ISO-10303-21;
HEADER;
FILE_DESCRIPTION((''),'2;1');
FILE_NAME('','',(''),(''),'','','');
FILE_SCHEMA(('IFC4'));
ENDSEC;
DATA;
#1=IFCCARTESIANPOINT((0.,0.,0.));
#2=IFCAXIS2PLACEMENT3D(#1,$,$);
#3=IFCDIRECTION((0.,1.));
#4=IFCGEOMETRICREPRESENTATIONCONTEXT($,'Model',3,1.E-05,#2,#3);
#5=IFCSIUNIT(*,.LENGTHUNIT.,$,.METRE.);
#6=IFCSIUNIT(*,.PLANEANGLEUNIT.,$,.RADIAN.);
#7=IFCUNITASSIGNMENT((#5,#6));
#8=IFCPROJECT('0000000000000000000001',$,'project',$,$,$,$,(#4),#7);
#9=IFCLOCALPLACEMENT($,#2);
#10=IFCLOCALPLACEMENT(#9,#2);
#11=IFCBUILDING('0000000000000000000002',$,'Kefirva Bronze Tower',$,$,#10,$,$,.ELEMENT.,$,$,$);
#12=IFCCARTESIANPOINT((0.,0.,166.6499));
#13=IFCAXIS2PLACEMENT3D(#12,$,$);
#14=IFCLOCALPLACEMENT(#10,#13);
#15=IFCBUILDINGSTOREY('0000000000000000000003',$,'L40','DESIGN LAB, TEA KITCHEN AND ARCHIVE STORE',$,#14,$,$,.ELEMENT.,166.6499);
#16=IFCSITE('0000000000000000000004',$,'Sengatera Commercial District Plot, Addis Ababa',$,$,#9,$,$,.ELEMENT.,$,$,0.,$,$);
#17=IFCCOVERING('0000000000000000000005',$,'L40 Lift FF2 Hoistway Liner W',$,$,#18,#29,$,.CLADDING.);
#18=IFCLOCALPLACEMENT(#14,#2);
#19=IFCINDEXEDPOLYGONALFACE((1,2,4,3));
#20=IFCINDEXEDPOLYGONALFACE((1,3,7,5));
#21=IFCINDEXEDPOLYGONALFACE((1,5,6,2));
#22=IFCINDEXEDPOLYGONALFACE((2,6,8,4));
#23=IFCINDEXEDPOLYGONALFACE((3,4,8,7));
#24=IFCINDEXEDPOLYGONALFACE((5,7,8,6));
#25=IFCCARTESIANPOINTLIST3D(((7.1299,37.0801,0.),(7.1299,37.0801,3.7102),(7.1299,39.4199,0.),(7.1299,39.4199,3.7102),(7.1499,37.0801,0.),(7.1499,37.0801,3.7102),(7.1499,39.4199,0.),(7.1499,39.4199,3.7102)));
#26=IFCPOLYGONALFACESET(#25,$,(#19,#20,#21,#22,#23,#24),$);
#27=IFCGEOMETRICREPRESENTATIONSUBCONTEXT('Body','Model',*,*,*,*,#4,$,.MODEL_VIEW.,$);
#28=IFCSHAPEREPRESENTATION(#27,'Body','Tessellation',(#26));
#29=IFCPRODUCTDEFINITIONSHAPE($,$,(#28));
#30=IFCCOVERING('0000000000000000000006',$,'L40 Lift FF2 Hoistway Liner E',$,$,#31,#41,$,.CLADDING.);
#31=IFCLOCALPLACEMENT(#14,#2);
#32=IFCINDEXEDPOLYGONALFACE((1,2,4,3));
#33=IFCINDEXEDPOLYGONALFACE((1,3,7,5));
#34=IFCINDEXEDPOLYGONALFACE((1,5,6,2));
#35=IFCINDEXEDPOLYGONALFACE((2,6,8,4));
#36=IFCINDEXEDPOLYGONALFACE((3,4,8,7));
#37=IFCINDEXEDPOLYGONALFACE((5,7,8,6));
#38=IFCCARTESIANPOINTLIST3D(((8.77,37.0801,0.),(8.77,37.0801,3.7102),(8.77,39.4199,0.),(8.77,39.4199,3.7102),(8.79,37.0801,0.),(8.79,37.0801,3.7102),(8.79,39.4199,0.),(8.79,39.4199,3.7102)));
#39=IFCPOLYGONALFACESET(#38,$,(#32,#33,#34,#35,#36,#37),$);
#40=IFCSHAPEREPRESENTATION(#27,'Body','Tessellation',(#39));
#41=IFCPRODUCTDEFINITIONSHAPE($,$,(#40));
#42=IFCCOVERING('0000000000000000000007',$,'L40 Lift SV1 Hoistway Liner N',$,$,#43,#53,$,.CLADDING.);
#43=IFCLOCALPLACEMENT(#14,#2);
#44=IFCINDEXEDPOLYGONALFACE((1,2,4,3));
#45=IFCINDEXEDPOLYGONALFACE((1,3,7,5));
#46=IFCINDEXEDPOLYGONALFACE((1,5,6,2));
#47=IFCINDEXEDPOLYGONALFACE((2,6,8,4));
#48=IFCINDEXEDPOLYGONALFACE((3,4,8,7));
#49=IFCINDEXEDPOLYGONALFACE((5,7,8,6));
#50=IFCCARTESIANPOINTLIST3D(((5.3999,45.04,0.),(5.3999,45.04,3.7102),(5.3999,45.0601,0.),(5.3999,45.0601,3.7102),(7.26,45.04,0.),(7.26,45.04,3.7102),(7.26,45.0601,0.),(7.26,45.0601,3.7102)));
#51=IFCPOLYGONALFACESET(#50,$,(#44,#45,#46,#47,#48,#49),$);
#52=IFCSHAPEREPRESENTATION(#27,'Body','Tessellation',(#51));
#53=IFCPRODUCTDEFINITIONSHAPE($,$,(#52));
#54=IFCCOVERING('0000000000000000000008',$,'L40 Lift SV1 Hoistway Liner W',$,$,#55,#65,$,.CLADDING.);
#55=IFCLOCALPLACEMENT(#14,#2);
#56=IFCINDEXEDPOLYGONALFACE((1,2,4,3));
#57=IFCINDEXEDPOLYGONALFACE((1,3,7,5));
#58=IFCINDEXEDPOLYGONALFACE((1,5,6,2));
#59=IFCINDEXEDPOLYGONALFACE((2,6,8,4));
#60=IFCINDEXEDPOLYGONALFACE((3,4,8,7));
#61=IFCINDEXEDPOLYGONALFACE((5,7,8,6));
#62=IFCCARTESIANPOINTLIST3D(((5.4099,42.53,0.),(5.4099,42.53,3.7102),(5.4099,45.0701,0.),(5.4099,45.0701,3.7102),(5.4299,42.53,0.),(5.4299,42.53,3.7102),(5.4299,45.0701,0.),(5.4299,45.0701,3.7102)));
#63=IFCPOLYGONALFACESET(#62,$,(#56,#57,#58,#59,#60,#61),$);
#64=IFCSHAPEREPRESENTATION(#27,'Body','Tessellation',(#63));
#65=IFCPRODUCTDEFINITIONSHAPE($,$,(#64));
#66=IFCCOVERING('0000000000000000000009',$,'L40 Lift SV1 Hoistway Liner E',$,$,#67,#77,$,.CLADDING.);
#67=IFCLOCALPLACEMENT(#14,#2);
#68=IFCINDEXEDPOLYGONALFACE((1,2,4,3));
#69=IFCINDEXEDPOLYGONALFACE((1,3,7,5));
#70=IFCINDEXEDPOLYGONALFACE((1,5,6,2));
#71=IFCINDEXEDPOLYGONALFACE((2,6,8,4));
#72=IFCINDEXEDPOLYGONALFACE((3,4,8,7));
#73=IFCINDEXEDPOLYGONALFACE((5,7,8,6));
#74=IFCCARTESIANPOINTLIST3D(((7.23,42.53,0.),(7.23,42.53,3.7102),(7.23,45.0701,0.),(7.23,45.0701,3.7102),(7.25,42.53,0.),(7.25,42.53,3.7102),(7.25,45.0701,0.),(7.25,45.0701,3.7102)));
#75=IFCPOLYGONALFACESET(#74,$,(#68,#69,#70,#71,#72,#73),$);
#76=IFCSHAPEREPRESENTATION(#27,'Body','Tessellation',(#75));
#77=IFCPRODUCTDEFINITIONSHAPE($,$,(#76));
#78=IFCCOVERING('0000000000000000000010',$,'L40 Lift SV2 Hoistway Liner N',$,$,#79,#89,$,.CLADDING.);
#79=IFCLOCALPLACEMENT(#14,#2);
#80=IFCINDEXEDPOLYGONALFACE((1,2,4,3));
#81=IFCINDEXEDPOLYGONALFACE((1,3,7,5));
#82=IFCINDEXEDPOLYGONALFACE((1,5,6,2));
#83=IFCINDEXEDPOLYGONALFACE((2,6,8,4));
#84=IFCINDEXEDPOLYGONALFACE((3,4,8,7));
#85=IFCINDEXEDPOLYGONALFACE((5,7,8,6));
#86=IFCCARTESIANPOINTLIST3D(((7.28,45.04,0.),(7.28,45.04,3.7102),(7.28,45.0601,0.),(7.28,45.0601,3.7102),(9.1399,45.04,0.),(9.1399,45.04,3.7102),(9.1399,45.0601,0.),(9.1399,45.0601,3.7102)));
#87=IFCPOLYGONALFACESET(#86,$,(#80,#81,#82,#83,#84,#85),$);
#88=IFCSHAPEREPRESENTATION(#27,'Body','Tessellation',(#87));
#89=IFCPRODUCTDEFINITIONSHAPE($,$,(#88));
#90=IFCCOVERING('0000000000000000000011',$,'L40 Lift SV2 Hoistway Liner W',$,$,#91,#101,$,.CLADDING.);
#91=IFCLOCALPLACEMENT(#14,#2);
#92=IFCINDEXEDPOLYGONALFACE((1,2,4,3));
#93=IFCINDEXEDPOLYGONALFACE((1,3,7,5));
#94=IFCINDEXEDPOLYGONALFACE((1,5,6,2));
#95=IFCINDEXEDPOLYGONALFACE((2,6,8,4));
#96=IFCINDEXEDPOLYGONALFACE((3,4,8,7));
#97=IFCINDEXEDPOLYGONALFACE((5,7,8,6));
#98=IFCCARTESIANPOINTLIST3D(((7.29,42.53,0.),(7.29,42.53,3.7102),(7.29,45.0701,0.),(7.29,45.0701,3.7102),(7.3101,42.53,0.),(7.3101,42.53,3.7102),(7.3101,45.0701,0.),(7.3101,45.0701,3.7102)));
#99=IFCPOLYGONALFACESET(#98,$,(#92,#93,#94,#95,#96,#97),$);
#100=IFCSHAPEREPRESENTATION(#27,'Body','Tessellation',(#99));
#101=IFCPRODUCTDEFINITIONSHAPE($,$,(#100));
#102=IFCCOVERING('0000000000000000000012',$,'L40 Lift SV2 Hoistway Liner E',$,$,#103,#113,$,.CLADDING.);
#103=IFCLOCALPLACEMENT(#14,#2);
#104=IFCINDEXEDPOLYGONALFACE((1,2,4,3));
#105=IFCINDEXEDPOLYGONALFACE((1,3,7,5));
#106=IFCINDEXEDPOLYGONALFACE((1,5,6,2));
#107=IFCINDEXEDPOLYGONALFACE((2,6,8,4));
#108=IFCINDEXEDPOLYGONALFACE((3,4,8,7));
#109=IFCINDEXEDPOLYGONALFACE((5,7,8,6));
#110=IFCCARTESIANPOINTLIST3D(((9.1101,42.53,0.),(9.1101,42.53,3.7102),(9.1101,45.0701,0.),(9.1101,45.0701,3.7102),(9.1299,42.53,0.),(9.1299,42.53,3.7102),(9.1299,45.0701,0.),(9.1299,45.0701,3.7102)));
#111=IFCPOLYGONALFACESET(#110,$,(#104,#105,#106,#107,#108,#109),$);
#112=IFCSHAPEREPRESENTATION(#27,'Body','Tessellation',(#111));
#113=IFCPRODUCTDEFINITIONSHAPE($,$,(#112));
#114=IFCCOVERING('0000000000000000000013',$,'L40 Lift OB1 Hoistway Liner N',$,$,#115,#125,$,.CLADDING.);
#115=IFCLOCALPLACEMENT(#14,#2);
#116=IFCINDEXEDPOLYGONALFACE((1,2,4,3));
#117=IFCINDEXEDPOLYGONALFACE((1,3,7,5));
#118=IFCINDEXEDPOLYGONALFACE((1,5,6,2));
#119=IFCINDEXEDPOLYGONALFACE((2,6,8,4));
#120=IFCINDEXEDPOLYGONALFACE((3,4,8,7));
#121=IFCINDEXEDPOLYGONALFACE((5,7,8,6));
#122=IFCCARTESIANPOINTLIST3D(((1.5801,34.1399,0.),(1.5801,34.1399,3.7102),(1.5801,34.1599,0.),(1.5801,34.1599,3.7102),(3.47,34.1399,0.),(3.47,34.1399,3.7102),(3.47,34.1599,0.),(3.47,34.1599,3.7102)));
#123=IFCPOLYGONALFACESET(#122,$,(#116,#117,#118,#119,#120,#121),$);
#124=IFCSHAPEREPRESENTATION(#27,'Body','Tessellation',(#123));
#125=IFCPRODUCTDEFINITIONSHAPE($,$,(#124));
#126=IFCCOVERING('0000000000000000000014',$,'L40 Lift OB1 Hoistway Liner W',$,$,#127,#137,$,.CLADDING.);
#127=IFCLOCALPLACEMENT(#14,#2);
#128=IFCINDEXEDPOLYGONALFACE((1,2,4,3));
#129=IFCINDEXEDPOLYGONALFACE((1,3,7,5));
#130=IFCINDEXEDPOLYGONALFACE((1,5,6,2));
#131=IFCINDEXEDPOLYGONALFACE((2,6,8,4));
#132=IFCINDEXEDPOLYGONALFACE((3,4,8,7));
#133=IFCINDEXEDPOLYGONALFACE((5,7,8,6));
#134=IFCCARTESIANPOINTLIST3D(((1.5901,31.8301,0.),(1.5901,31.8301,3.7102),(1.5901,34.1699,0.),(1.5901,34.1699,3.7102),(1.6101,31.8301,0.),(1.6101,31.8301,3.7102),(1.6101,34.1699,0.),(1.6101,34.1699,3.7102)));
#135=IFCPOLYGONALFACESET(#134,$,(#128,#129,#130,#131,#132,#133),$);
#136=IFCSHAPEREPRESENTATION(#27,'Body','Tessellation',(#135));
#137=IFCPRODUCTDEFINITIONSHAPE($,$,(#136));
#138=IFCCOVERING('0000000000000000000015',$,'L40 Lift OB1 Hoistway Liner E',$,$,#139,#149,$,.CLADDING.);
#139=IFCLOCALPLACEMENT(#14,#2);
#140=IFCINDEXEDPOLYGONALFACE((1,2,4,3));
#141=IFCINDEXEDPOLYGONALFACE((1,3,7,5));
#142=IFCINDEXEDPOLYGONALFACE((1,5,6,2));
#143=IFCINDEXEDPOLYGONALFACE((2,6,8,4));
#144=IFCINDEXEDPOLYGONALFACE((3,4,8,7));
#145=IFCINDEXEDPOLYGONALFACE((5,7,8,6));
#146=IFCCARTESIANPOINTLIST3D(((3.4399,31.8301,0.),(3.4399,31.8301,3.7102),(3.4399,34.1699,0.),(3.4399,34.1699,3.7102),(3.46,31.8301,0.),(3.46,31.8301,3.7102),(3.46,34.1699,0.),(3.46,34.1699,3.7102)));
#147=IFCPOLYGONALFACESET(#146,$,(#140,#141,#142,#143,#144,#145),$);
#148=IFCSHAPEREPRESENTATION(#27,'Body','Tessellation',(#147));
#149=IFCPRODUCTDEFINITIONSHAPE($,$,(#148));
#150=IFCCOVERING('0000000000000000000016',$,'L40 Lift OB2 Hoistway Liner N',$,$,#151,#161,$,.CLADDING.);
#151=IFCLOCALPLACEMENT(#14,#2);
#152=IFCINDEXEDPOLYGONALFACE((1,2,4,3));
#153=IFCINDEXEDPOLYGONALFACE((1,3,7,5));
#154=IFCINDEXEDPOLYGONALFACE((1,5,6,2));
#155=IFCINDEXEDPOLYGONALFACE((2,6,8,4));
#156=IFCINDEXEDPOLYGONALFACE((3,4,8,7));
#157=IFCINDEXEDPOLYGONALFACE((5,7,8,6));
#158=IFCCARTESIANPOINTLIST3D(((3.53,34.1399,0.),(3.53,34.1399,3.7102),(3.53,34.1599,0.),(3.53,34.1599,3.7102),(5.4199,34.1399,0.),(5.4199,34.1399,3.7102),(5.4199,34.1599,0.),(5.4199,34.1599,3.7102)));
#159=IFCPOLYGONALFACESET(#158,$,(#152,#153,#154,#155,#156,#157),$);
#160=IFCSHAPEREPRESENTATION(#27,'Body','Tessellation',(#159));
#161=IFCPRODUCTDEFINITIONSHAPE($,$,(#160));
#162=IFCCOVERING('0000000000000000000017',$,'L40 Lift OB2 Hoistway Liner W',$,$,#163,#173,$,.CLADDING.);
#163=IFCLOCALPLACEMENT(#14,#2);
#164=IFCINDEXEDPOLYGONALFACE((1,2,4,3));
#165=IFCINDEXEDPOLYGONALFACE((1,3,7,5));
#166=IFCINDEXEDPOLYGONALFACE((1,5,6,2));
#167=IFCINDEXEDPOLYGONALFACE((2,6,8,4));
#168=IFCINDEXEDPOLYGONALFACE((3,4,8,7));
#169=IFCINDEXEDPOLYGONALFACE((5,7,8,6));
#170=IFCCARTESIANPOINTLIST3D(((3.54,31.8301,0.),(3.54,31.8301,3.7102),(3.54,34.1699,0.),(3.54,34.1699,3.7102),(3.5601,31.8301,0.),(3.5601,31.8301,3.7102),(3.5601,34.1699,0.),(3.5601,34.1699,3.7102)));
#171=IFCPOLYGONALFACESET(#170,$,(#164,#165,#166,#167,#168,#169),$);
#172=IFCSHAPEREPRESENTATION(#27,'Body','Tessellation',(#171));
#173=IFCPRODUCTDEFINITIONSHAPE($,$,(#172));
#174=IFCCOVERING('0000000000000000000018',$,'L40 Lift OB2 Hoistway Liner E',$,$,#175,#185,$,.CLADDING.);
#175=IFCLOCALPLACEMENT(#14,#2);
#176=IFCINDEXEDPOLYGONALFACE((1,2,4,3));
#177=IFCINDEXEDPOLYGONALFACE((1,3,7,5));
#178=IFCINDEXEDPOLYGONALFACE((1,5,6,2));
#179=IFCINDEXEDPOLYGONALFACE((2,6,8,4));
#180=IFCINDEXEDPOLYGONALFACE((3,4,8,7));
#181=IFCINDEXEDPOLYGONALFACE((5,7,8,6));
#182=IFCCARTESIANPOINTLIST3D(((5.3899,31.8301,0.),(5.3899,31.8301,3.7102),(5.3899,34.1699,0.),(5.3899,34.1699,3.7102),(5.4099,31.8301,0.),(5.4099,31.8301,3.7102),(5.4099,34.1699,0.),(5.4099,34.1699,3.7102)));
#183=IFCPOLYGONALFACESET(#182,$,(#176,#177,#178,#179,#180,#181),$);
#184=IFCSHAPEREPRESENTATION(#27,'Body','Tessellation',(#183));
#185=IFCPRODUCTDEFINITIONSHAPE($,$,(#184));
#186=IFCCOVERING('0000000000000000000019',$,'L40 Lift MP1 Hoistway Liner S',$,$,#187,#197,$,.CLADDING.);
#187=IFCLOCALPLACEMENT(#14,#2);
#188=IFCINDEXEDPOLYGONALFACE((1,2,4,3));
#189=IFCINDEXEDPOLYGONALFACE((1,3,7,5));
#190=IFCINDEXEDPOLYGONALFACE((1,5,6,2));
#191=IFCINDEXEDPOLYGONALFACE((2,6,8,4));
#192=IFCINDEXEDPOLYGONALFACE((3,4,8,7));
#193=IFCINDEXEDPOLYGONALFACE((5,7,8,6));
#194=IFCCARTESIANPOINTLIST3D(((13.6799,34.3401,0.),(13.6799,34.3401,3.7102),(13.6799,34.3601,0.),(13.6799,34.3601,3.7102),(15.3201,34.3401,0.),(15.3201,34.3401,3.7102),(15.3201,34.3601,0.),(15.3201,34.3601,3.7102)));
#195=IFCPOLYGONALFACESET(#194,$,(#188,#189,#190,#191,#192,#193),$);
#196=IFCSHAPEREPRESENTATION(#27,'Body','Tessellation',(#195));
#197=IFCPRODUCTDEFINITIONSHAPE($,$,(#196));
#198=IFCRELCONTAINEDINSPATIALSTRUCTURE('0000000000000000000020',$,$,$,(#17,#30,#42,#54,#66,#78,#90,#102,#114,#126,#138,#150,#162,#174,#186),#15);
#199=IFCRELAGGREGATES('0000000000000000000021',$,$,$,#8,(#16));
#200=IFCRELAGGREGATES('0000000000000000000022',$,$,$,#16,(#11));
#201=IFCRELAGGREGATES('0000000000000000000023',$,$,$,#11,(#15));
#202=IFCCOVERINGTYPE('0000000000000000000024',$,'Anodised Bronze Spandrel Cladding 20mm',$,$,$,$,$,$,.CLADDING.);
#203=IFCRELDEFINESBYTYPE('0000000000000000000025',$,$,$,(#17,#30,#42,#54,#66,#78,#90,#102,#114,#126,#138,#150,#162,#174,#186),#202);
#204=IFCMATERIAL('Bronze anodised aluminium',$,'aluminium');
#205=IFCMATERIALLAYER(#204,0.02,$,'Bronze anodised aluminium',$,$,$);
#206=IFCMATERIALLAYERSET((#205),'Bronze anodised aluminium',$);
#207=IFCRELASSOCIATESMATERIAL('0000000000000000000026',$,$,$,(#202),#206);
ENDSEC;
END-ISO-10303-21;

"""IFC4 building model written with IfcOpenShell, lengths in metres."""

from ifc_helpers import new_model, si_unit, direction, frame, origin, place, context, subcontext, project, spatial, polyline, outline, extrude, material, layer, layer_set, type_object, element, save


model = new_model("IFC4")

# Units and contexts
model_context = context("Model", 3, precision=1e-05, world=origin(), true_north=direction((0.0, 1.0)))
body_context = subcontext(model_context, "Body", "Model", "MODEL_VIEW")
ifc_project = project(units=[si_unit("LENGTHUNIT", "METRE"), si_unit("PLANEANGLEUNIT", "RADIAN")], contexts=[model_context])

# Site, building, storey
site_placement = place(None, origin())
site = spatial("IfcSite", under=ifc_project, at=site_placement, Name="Sengatera Commercial District Plot, Addis Ababa", CompositionType="ELEMENT", RefElevation=0.0)
building_placement = place(site_placement, origin())
building = spatial("IfcBuilding", under=site, at=building_placement, Name="Kefirva Bronze Tower", CompositionType="ELEMENT")
storey_placement = place(building_placement, frame((0.0, 0.0, 166.6499)))
storey = spatial("IfcBuildingStorey", under=building, at=storey_placement, Name="L40", Description="DESIGN LAB, TEA KITCHEN AND ARCHIVE STORE", CompositionType="ELEMENT", Elevation=166.6499)

# Coverings
ifc_material_1 = material(Name="Bronze anodised aluminium", Category="aluminium")
ifc_layer_1 = layer(ifc_material_1, 0.02, Name="Bronze anodised aluminium")
ifc_layer_set_1 = layer_set([ifc_layer_1], Name="Bronze anodised aluminium")
covering_type = type_object("IfcCoveringType", Name="Anodised Bronze Spandrel Cladding 20mm", PredefinedType="CLADDING", material=ifc_layer_set_1)
covering_1_placement = place(storey_placement, origin())
element("IfcCovering", 1, at=covering_1_placement, inside=storey, type_object=covering_type, Name="L40 Lift FF2 Hoistway Liner W", PredefinedType="CLADDING", context=body_context, shape_type="SweptSolid", body=[
    extrude(outline(polyline([(7.1299, 37.0801), (7.1499, 37.0801), (7.1499, 39.4199), (7.1299, 39.4199), (7.1299, 37.0801)])), origin(), (0.0, 0.0, 1.0), 3.7102),
])
covering_2_placement = place(storey_placement, origin())
element("IfcCovering", 2, at=covering_2_placement, inside=storey, type_object=covering_type, Name="L40 Lift FF2 Hoistway Liner E", PredefinedType="CLADDING", context=body_context, shape_type="SweptSolid", body=[
    extrude(outline(polyline([(8.77, 37.0801), (8.79, 37.0801), (8.79, 39.4199), (8.77, 39.4199), (8.77, 37.0801)])), origin(), (0.0, 0.0, 1.0), 3.7102),
])
covering_3_placement = place(storey_placement, origin())
element("IfcCovering", 3, at=covering_3_placement, inside=storey, type_object=covering_type, Name="L40 Lift SV1 Hoistway Liner N", PredefinedType="CLADDING", context=body_context, shape_type="SweptSolid", body=[
    extrude(outline(polyline([(5.3999, 45.04), (7.26, 45.04), (7.26, 45.0601), (5.3999, 45.0601), (5.3999, 45.04)])), origin(), (0.0, 0.0, 1.0), 3.7102),
])
covering_4_placement = place(storey_placement, origin())
element("IfcCovering", 4, at=covering_4_placement, inside=storey, type_object=covering_type, Name="L40 Lift SV1 Hoistway Liner W", PredefinedType="CLADDING", context=body_context, shape_type="SweptSolid", body=[
    extrude(outline(polyline([(5.4099, 42.53), (5.4299, 42.53), (5.4299, 45.0701), (5.4099, 45.0701), (5.4099, 42.53)])), origin(), (0.0, 0.0, 1.0), 3.7102),
])
covering_5_placement = place(storey_placement, origin())
element("IfcCovering", 5, at=covering_5_placement, inside=storey, type_object=covering_type, Name="L40 Lift SV1 Hoistway Liner E", PredefinedType="CLADDING", context=body_context, shape_type="SweptSolid", body=[
    extrude(outline(polyline([(7.23, 42.53), (7.25, 42.53), (7.25, 45.0701), (7.23, 45.0701), (7.23, 42.53)])), origin(), (0.0, 0.0, 1.0), 3.7102),
])
covering_6_placement = place(storey_placement, origin())
element("IfcCovering", 6, at=covering_6_placement, inside=storey, type_object=covering_type, Name="L40 Lift SV2 Hoistway Liner N", PredefinedType="CLADDING", context=body_context, shape_type="SweptSolid", body=[
    extrude(outline(polyline([(7.28, 45.04), (9.1399, 45.04), (9.1399, 45.0601), (7.28, 45.0601), (7.28, 45.04)])), origin(), (0.0, 0.0, 1.0), 3.7102),
])
covering_7_placement = place(storey_placement, origin())
element("IfcCovering", 7, at=covering_7_placement, inside=storey, type_object=covering_type, Name="L40 Lift SV2 Hoistway Liner W", PredefinedType="CLADDING", context=body_context, shape_type="SweptSolid", body=[
    extrude(outline(polyline([(7.29, 42.53), (7.3101, 42.53), (7.3101, 45.0701), (7.29, 45.0701), (7.29, 42.53)])), origin(), (0.0, 0.0, 1.0), 3.7102),
])
covering_8_placement = place(storey_placement, origin())
element("IfcCovering", 8, at=covering_8_placement, inside=storey, type_object=covering_type, Name="L40 Lift SV2 Hoistway Liner E", PredefinedType="CLADDING", context=body_context, shape_type="SweptSolid", body=[
    extrude(outline(polyline([(9.1101, 42.53), (9.1299, 42.53), (9.1299, 45.0701), (9.1101, 45.0701), (9.1101, 42.53)])), origin(), (0.0, 0.0, 1.0), 3.7102),
])
covering_9_placement = place(storey_placement, origin())
element("IfcCovering", 9, at=covering_9_placement, inside=storey, type_object=covering_type, Name="L40 Lift OB1 Hoistway Liner N", PredefinedType="CLADDING", context=body_context, shape_type="SweptSolid", body=[
    extrude(outline(polyline([(1.5801, 34.1399), (3.47, 34.1399), (3.47, 34.1599), (1.5801, 34.1599), (1.5801, 34.1399)])), origin(), (0.0, 0.0, 1.0), 3.7102),
])
covering_10_placement = place(storey_placement, origin())
element("IfcCovering", 10, at=covering_10_placement, inside=storey, type_object=covering_type, Name="L40 Lift OB1 Hoistway Liner W", PredefinedType="CLADDING", context=body_context, shape_type="SweptSolid", body=[
    extrude(outline(polyline([(1.5901, 31.8301), (1.6101, 31.8301), (1.6101, 34.1699), (1.5901, 34.1699), (1.5901, 31.8301)])), origin(), (0.0, 0.0, 1.0), 3.7102),
])
covering_11_placement = place(storey_placement, origin())
element("IfcCovering", 11, at=covering_11_placement, inside=storey, type_object=covering_type, Name="L40 Lift OB1 Hoistway Liner E", PredefinedType="CLADDING", context=body_context, shape_type="SweptSolid", body=[
    extrude(outline(polyline([(3.4399, 31.8301), (3.46, 31.8301), (3.46, 34.1699), (3.4399, 34.1699), (3.4399, 31.8301)])), origin(), (0.0, 0.0, 1.0), 3.7102),
])
covering_12_placement = place(storey_placement, origin())
element("IfcCovering", 12, at=covering_12_placement, inside=storey, type_object=covering_type, Name="L40 Lift OB2 Hoistway Liner N", PredefinedType="CLADDING", context=body_context, shape_type="SweptSolid", body=[
    extrude(outline(polyline([(3.53, 34.1399), (5.4199, 34.1399), (5.4199, 34.1599), (3.53, 34.1599), (3.53, 34.1399)])), origin(), (0.0, 0.0, 1.0), 3.7102),
])
covering_13_placement = place(storey_placement, origin())
element("IfcCovering", 13, at=covering_13_placement, inside=storey, type_object=covering_type, Name="L40 Lift OB2 Hoistway Liner W", PredefinedType="CLADDING", context=body_context, shape_type="SweptSolid", body=[
    extrude(outline(polyline([(3.54, 31.8301), (3.5601, 31.8301), (3.5601, 34.1699), (3.54, 34.1699), (3.54, 31.8301)])), origin(), (0.0, 0.0, 1.0), 3.7102),
])
covering_14_placement = place(storey_placement, origin())
element("IfcCovering", 14, at=covering_14_placement, inside=storey, type_object=covering_type, Name="L40 Lift OB2 Hoistway Liner E", PredefinedType="CLADDING", context=body_context, shape_type="SweptSolid", body=[
    extrude(outline(polyline([(5.3899, 31.8301), (5.4099, 31.8301), (5.4099, 34.1699), (5.3899, 34.1699), (5.3899, 31.8301)])), origin(), (0.0, 0.0, 1.0), 3.7102),
])
covering_15_placement = place(storey_placement, origin())
element("IfcCovering", 15, at=covering_15_placement, inside=storey, type_object=covering_type, Name="L40 Lift MP1 Hoistway Liner S", PredefinedType="CLADDING", context=body_context, shape_type="SweptSolid", body=[
    extrude(outline(polyline([(13.6799, 34.3401), (15.3201, 34.3401), (15.3201, 34.3601), (13.6799, 34.3601), (13.6799, 34.3401)])), origin(), (0.0, 0.0, 1.0), 3.7102),
])

save(model, "model.ifc")
